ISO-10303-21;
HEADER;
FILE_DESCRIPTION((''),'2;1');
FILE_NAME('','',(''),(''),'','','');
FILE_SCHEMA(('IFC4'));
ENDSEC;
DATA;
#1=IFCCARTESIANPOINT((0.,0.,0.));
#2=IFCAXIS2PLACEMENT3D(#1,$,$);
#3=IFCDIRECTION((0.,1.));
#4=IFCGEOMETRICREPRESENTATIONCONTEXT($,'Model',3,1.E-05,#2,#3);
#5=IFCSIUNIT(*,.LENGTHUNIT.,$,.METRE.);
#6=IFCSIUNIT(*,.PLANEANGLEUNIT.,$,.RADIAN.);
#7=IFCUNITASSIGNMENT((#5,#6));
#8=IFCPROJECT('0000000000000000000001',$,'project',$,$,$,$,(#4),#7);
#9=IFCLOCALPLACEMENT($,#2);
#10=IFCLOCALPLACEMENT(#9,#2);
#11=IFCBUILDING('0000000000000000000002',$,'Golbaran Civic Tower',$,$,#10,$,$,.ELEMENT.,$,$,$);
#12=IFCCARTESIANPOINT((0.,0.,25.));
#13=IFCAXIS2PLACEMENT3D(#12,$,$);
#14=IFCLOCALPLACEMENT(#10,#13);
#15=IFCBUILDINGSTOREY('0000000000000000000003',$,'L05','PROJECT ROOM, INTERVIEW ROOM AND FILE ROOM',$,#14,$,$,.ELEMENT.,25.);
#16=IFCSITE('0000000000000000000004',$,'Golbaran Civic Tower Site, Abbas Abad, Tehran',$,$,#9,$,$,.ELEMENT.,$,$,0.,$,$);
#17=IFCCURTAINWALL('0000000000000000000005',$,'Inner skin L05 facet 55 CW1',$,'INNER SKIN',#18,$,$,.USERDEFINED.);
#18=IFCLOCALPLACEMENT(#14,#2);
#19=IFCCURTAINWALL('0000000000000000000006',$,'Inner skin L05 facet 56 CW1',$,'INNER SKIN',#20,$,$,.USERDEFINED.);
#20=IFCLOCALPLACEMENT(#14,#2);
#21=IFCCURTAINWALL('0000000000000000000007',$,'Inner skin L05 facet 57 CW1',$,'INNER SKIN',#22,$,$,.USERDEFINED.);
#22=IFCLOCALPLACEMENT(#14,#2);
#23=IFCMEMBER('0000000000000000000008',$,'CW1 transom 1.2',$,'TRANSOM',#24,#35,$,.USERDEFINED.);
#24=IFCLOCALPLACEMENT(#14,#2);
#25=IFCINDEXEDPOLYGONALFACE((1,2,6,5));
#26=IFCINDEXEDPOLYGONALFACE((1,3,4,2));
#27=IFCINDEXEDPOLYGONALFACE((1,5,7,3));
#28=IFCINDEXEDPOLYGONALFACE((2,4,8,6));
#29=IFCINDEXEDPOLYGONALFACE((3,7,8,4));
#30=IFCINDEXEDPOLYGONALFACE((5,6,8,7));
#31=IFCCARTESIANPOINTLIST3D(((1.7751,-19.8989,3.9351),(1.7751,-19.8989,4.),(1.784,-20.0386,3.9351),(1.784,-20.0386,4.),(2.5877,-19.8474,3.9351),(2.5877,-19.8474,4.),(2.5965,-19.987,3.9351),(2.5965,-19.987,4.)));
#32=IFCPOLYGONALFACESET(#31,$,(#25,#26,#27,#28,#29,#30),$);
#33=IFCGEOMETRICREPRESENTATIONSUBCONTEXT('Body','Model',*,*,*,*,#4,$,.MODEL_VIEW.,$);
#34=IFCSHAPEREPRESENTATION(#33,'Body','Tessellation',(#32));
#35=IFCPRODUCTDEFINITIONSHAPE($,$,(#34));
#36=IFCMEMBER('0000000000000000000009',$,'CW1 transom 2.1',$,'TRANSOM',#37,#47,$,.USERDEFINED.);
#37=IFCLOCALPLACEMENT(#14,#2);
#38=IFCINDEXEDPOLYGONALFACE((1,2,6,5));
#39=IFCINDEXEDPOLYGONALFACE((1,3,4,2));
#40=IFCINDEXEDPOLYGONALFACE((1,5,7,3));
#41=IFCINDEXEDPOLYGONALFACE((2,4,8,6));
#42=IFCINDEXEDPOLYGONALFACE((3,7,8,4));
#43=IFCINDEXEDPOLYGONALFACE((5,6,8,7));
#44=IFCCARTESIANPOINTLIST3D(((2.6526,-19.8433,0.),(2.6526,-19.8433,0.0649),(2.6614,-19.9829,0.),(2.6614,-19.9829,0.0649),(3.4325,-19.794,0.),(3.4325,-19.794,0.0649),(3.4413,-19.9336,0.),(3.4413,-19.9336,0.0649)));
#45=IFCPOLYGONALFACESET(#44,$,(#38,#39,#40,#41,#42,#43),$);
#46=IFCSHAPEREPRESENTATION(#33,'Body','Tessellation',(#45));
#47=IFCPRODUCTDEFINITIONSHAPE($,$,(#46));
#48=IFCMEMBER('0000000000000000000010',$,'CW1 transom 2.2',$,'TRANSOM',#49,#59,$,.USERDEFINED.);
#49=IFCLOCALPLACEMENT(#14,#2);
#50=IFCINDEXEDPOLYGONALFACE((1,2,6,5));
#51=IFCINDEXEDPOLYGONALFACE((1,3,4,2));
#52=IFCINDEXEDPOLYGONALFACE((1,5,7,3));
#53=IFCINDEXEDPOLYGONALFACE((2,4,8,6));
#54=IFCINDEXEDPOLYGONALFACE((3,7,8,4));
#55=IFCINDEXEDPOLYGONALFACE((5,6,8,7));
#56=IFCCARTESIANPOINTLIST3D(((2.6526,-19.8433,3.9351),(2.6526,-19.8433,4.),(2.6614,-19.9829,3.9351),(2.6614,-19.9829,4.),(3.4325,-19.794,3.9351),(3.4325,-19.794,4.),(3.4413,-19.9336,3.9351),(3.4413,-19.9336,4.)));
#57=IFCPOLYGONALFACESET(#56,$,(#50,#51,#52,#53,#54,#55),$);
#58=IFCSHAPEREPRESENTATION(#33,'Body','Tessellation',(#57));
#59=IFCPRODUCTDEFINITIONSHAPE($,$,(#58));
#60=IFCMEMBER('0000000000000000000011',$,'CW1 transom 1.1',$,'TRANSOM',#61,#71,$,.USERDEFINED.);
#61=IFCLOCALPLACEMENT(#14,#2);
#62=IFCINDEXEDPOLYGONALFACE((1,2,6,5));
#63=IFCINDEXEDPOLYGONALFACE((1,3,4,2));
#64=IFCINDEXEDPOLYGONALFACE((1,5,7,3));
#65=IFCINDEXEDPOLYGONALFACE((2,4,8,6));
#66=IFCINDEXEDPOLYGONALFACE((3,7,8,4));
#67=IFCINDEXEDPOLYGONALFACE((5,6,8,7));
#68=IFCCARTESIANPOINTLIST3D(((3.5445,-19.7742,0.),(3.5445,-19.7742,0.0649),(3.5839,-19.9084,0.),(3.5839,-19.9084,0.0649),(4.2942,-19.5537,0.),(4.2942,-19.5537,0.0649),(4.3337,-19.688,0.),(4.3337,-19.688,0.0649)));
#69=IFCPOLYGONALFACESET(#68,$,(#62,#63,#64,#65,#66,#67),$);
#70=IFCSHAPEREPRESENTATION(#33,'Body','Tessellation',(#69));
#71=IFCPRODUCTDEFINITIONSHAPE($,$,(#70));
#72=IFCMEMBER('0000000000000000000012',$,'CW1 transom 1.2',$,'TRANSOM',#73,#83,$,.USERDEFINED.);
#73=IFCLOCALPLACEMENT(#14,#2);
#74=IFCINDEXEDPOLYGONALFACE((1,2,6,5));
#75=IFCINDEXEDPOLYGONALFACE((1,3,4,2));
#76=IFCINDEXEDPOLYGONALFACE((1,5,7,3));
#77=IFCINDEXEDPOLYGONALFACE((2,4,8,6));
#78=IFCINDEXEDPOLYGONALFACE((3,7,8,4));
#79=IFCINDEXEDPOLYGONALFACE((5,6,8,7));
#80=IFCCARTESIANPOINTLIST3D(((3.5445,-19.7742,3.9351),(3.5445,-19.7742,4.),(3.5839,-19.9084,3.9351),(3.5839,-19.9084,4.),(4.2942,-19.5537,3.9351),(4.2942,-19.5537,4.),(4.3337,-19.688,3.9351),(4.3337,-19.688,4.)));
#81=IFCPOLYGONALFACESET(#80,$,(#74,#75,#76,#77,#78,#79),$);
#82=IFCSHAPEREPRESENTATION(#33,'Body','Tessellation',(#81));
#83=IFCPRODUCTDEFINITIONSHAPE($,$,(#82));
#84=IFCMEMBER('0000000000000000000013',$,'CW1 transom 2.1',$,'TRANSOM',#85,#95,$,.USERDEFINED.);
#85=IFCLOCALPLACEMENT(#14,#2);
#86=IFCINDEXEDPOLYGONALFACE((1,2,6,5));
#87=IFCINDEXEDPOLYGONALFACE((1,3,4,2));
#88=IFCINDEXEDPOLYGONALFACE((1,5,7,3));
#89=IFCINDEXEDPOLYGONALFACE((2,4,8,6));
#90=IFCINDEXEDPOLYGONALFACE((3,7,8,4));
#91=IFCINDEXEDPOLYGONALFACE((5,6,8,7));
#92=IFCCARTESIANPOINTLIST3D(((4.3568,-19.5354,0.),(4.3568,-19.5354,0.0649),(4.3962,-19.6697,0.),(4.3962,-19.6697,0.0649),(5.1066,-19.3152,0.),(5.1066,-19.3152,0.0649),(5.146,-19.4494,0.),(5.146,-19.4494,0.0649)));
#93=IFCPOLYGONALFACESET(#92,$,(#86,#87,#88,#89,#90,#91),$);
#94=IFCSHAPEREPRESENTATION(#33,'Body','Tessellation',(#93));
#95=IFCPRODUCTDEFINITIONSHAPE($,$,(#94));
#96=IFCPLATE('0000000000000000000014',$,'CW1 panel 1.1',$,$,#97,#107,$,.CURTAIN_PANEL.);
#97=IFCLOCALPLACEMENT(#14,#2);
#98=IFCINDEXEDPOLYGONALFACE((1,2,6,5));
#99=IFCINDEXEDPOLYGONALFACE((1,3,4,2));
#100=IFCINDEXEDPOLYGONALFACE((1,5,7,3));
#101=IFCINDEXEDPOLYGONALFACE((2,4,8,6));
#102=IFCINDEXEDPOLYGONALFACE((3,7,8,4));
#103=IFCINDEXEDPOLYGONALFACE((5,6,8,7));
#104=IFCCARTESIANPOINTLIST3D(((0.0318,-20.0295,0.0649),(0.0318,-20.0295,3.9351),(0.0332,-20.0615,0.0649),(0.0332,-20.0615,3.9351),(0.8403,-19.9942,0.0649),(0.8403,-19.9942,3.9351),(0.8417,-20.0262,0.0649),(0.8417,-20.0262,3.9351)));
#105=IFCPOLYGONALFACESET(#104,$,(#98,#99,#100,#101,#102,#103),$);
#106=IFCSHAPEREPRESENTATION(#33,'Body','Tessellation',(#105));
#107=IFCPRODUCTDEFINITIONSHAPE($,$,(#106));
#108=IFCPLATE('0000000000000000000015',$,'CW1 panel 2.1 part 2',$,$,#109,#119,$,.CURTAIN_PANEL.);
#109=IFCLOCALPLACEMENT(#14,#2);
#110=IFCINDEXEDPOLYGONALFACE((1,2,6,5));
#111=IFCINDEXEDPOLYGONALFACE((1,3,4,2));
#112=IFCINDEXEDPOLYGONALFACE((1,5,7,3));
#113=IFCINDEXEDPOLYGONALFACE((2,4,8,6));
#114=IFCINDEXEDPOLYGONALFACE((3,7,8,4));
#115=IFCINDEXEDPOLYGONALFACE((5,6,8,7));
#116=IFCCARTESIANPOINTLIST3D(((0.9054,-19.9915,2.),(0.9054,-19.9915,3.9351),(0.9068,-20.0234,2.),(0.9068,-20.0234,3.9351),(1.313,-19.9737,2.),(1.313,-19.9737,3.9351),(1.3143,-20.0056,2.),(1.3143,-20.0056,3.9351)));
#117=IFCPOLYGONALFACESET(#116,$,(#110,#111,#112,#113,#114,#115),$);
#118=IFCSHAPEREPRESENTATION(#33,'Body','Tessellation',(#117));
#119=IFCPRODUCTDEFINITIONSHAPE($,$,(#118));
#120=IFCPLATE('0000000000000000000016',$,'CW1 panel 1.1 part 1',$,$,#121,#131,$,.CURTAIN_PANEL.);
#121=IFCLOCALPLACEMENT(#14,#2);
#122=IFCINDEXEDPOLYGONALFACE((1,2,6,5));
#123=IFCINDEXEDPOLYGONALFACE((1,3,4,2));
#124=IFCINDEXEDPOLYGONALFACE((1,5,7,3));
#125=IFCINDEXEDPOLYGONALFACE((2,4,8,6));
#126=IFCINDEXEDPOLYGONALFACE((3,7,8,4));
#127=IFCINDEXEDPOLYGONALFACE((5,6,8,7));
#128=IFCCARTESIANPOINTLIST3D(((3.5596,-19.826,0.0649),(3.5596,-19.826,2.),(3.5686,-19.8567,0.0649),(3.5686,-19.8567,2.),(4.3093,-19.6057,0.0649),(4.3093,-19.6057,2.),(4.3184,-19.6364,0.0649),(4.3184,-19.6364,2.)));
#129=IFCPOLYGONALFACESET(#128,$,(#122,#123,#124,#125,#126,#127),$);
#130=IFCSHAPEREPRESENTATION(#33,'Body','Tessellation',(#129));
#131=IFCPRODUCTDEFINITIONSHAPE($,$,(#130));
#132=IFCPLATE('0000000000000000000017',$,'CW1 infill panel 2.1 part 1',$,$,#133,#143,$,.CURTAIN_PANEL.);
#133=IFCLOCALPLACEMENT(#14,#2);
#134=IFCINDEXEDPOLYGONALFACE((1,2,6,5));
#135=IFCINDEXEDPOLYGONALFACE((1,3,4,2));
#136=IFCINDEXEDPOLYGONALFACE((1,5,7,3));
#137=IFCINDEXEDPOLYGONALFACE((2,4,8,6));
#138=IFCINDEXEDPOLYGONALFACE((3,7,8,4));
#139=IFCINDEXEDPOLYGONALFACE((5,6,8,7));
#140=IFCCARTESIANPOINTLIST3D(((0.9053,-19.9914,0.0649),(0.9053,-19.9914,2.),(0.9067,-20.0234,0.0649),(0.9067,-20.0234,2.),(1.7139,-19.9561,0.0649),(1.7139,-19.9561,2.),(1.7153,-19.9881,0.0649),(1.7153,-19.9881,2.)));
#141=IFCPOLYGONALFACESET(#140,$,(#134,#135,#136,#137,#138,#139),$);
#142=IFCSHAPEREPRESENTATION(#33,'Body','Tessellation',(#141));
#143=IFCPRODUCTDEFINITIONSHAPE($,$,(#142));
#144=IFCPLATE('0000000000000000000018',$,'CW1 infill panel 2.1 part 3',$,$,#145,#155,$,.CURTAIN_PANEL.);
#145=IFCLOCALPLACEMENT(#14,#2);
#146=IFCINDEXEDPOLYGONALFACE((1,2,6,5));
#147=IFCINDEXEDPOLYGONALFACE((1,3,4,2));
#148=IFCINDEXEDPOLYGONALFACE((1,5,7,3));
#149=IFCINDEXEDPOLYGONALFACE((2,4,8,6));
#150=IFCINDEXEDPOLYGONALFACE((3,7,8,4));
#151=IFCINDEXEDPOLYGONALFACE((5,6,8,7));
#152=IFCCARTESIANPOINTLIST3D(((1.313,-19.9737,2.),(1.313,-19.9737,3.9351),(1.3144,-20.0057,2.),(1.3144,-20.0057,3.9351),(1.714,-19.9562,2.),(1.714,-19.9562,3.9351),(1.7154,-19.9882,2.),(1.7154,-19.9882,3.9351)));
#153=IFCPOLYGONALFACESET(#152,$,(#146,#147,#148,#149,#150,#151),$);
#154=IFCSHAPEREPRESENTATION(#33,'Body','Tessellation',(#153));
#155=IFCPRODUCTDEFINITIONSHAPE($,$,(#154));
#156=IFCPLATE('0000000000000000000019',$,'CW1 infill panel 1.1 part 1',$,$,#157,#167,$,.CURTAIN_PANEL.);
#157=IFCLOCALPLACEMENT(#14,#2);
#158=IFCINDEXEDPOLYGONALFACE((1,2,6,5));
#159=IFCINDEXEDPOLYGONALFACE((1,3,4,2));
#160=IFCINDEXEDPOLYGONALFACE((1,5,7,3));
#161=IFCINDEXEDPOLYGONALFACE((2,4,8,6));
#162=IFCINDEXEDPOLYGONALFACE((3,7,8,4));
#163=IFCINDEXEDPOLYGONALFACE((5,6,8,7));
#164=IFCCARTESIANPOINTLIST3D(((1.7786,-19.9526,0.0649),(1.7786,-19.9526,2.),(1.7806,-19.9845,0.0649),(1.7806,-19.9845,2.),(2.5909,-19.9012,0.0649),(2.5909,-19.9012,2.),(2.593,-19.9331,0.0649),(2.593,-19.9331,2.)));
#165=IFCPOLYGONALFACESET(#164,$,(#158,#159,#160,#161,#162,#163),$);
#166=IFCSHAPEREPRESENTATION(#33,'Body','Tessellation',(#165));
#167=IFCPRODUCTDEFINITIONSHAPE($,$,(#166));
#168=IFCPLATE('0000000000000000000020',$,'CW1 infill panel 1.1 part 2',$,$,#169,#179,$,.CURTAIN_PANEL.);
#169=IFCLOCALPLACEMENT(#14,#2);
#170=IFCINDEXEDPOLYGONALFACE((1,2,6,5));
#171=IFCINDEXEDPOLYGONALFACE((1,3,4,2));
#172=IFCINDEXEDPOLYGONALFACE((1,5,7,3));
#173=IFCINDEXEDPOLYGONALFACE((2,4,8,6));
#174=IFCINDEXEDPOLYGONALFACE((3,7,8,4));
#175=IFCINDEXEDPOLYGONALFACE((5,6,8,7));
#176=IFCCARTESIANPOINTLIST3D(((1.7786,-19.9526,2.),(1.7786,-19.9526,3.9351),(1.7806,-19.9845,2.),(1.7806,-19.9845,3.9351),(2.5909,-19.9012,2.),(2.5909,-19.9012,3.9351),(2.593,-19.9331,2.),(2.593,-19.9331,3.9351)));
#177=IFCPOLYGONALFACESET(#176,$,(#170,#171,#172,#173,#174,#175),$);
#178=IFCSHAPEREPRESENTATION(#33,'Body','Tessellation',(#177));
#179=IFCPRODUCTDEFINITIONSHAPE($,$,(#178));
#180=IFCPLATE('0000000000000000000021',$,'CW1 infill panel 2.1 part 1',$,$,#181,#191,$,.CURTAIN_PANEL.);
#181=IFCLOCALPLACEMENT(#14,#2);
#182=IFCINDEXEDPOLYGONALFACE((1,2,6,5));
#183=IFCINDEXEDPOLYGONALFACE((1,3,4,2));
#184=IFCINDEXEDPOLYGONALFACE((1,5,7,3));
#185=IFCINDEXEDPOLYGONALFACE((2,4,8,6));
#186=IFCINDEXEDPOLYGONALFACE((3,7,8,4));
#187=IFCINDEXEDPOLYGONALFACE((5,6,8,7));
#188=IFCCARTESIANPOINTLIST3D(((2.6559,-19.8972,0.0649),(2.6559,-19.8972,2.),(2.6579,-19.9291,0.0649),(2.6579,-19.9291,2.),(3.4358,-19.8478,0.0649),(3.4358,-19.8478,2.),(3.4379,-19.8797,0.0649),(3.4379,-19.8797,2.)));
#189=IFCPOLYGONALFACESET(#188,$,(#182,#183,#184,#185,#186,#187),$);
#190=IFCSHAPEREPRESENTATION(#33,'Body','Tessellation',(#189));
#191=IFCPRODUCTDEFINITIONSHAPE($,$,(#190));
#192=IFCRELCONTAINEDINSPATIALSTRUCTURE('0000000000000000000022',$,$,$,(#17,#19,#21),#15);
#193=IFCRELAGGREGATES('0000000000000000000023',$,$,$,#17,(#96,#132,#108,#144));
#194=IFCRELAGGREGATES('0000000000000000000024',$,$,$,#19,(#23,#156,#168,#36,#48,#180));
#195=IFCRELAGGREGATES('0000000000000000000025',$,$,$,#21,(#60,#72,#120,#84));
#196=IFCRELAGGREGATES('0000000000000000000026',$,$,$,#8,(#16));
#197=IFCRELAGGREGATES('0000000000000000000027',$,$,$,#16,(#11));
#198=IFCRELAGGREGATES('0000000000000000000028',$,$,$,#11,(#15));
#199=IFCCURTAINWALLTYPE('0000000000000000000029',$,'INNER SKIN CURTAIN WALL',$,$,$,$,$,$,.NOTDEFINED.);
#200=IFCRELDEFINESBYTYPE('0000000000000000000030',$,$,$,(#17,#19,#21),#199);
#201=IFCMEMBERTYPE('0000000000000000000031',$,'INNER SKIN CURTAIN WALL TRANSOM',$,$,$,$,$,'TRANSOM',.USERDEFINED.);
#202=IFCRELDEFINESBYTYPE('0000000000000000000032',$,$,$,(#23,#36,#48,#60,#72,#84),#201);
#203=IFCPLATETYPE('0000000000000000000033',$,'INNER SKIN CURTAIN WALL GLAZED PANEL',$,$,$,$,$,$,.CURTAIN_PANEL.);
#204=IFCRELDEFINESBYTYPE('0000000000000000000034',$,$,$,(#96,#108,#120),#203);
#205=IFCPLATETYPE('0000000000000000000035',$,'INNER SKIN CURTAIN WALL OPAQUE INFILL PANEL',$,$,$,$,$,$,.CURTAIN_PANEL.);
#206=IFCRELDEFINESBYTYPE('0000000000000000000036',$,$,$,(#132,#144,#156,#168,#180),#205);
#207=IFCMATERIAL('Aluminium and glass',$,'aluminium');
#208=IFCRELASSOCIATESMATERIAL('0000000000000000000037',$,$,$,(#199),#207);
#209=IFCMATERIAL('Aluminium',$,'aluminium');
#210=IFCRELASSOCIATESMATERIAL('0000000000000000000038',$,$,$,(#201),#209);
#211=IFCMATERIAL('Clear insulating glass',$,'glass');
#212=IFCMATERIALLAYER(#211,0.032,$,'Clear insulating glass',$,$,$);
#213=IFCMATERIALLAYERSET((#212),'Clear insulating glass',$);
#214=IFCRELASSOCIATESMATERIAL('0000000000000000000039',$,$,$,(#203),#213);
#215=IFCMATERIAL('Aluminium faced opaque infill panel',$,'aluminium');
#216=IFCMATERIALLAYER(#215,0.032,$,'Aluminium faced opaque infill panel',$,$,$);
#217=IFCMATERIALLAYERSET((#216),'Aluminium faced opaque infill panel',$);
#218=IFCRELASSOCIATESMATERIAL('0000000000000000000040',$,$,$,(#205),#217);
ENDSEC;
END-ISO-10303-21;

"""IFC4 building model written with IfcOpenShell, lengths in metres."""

from ifc_helpers import new_model, si_unit, direction, frame, origin, origin_2d, place, context, subcontext, project, spatial, rectangle, extrude, material, layer, layer_set, material_profile, profile_set, type_object, element, aggregate, save


model = new_model("IFC4")

# Units and contexts
model_context = context("Model", 3, precision=1e-05, world=origin(), true_north=direction((0.0, 1.0)))
body_context = subcontext(model_context, "Body", "Model", "MODEL_VIEW")
ifc_project = project(units=[si_unit("LENGTHUNIT", "METRE"), si_unit("PLANEANGLEUNIT", "RADIAN")], contexts=[model_context])

# Site, building, storey
site_placement = place(None, origin())
site = spatial("IfcSite", under=ifc_project, at=site_placement, Name="Golbaran Civic Tower Site, Abbas Abad, Tehran", CompositionType="ELEMENT", RefElevation=0.0)
building_placement = place(site_placement, origin())
building = spatial("IfcBuilding", under=site, at=building_placement, Name="Golbaran Civic Tower", CompositionType="ELEMENT")
storey_placement = place(building_placement, frame((0.0, 0.0, 25.0)))
storey = spatial("IfcBuildingStorey", under=building, at=storey_placement, Name="L05", Description="PROJECT ROOM, INTERVIEW ROOM AND FILE ROOM", CompositionType="ELEMENT", Elevation=25.0)

# Curtain walls
ifc_material_1 = material(Name="Aluminium and glass", Category="aluminium")
curtain_wall_type = type_object("IfcCurtainWallType", Name="INNER SKIN CURTAIN WALL", PredefinedType="NOTDEFINED", material=ifc_material_1)
curtain_wall_1_placement = place(storey_placement, origin())
curtain_wall_1 = element("IfcCurtainWall", 1, at=curtain_wall_1_placement, inside=storey, type_object=curtain_wall_type, Name="Inner skin L05 facet 55 CW1", ObjectType="INNER SKIN", PredefinedType="USERDEFINED")
ifc_material_2 = material(Name="Aluminium", Category="aluminium")
curtain_wall_2_placement = place(storey_placement, origin())
curtain_wall_2 = element("IfcCurtainWall", 2, at=curtain_wall_2_placement, inside=storey, type_object=curtain_wall_type, Name="Inner skin L05 facet 56 CW1", ObjectType="INNER SKIN", PredefinedType="USERDEFINED")
curtain_wall_3_placement = place(storey_placement, origin())
curtain_wall_3 = element("IfcCurtainWall", 3, at=curtain_wall_3_placement, inside=storey, type_object=curtain_wall_type, Name="Inner skin L05 facet 57 CW1", ObjectType="INNER SKIN", PredefinedType="USERDEFINED")

# Members
ifc_material_profile_1 = material_profile(ifc_material_2, rectangle(XDim=0.1399, YDim=0.0649, at=origin_2d()), Name="INNER SKIN CURTAIN WALL TRANSOM")
ifc_profile_set_1 = profile_set([ifc_material_profile_1], Name="Aluminium")
member_type_1 = type_object("IfcMemberType", Name="INNER SKIN CURTAIN WALL TRANSOM", ElementType="TRANSOM", PredefinedType="USERDEFINED", material=ifc_profile_set_1)
member_1_placement = place(storey_placement, frame((1.7795, -19.9688, 3.9675), z_axis=(0.997996, 0.063274, 0.0), x_axis=(-0.063274, 0.997996, 0.0)))
member_1 = element("IfcMember", 4, at=member_1_placement, type_object=member_type_1, Name="CW1 transom 1.2", ObjectType="TRANSOM", PredefinedType="USERDEFINED", context=body_context, shape_type="SweptSolid", body=[
    extrude(rectangle(XDim=0.1399, YDim=0.0649, at=origin_2d()), origin(), (0.0, 0.0, 1.0), 0.8142),
])
member_2_placement = place(storey_placement, frame((2.657, -19.9131, 0.0325), z_axis=(0.998007, 0.063098, 0.0), x_axis=(-0.063098, 0.998007, 0.0)))
member_2 = element("IfcMember", 5, at=member_2_placement, type_object=member_type_1, Name="CW1 transom 2.1", ObjectType="TRANSOM", PredefinedType="USERDEFINED", context=body_context, shape_type="SweptSolid", body=[
    extrude(rectangle(XDim=0.1399, YDim=0.0649, at=origin_2d()), origin(), (0.0, 0.0, 1.0), 0.7815),
])
member_3_placement = place(storey_placement, frame((2.657, -19.9131, 3.9675), z_axis=(0.998007, 0.063098, 0.0), x_axis=(-0.063098, 0.998007, 0.0)))
member_3 = element("IfcMember", 6, at=member_3_placement, type_object=member_type_1, Name="CW1 transom 2.2", ObjectType="TRANSOM", PredefinedType="USERDEFINED", context=body_context, shape_type="SweptSolid", body=[
    extrude(rectangle(XDim=0.1399, YDim=0.0649, at=origin_2d()), origin(), (0.0, 0.0, 1.0), 0.7815),
])
member_4_placement = place(storey_placement, frame((3.5642, -19.8413, 0.0325), z_axis=(0.959385, 0.282099, 0.0), x_axis=(-0.282099, 0.959385, 0.0)))
member_4 = element("IfcMember", 7, at=member_4_placement, type_object=member_type_1, Name="CW1 transom 1.1", ObjectType="TRANSOM", PredefinedType="USERDEFINED", context=body_context, shape_type="SweptSolid", body=[
    extrude(rectangle(XDim=0.1399, YDim=0.0649, at=origin_2d()), origin(), (0.0, 0.0, 1.0), 0.7815),
])
member_5_placement = place(storey_placement, frame((3.5642, -19.8413, 3.9675), z_axis=(0.959385, 0.282099, 0.0), x_axis=(-0.282099, 0.959385, 0.0)))
member_5 = element("IfcMember", 8, at=member_5_placement, type_object=member_type_1, Name="CW1 transom 1.2", ObjectType="TRANSOM", PredefinedType="USERDEFINED", context=body_context, shape_type="SweptSolid", body=[
    extrude(rectangle(XDim=0.1399, YDim=0.0649, at=origin_2d()), origin(), (0.0, 0.0, 1.0), 0.7815),
])
member_6_placement = place(storey_placement, frame((4.3765, -19.6025, 0.0325), z_axis=(0.95947, 0.281811, 0.0), x_axis=(-0.281811, 0.95947, 0.0)))
member_6 = element("IfcMember", 9, at=member_6_placement, type_object=member_type_1, Name="CW1 transom 2.1", ObjectType="TRANSOM", PredefinedType="USERDEFINED", context=body_context, shape_type="SweptSolid", body=[
    extrude(rectangle(XDim=0.1399, YDim=0.0649, at=origin_2d()), origin(), (0.0, 0.0, 1.0), 0.7815),
])

# Plates
ifc_material_3 = material(Name="Clear insulating glass", Category="glass")
ifc_layer_1 = layer(ifc_material_3, 0.032, Name="Clear insulating glass")
ifc_layer_set_1 = layer_set([ifc_layer_1], Name="Clear insulating glass")
plate_type_1 = type_object("IfcPlateType", Name="INNER SKIN CURTAIN WALL GLAZED PANEL", PredefinedType="CURTAIN_PANEL", material=ifc_layer_set_1)
plate_1_placement = place(storey_placement, frame((0.4368, -20.0278, 0.0649), z_axis=(0.0, 0.0, 1.0), x_axis=(0.999048, 0.043619, 0.0)))
plate_1 = element("IfcPlate", 10, at=plate_1_placement, type_object=plate_type_1, Name="CW1 panel 1.1", PredefinedType="CURTAIN_PANEL", context=body_context, shape_type="SweptSolid", body=[
    extrude(rectangle(XDim=0.8093, YDim=0.032, at=origin_2d()), origin(), (0.0, 0.0, 1.0), 3.8701),
])
plate_2_placement = place(storey_placement, frame((1.1099, -19.9985, 2.0), z_axis=(0.0, 0.0, 1.0), x_axis=(0.999048, 0.043619, 0.0)))
plate_2 = element("IfcPlate", 11, at=plate_2_placement, type_object=plate_type_1, Name="CW1 panel 2.1 part 2", PredefinedType="CURTAIN_PANEL", context=body_context, shape_type="SweptSolid", body=[
    extrude(rectangle(XDim=0.408, YDim=0.032, at=origin_2d()), origin(), (0.0, 0.0, 1.0), 1.9351),
])
plate_3_placement = place(storey_placement, frame((3.939, -19.7312, 0.0649), z_axis=(0.0, 0.0, 1.0), x_axis=(0.959425, 0.281964, 0.0)))
plate_3 = element("IfcPlate", 12, at=plate_3_placement, type_object=plate_type_1, Name="CW1 panel 1.1 part 1", PredefinedType="CURTAIN_PANEL", context=body_context, shape_type="SweptSolid", body=[
    extrude(rectangle(XDim=0.7815, YDim=0.032, at=origin_2d()), origin(), (0.0, 0.0, 1.0), 1.9351),
])
ifc_material_4 = material(Name="Aluminium faced opaque infill panel", Category="aluminium")
ifc_layer_2 = layer(ifc_material_4, 0.032, Name="Aluminium faced opaque infill panel")
ifc_layer_set_2 = layer_set([ifc_layer_2], Name="Aluminium faced opaque infill panel")
plate_type_2 = type_object("IfcPlateType", Name="INNER SKIN CURTAIN WALL OPAQUE INFILL PANEL", PredefinedType="CURTAIN_PANEL", material=ifc_layer_set_2)
plate_4_placement = place(storey_placement, frame((1.3103, -19.9897, 0.0649), z_axis=(0.0, 0.0, 1.0), x_axis=(0.999048, 0.043619, 0.0)))
plate_4 = element("IfcPlate", 13, at=plate_4_placement, type_object=plate_type_2, Name="CW1 infill panel 2.1 part 1", PredefinedType="CURTAIN_PANEL", context=body_context, shape_type="SweptSolid", body=[
    extrude(rectangle(XDim=0.8093, YDim=0.032, at=origin_2d()), origin(), (0.0, 0.0, 1.0), 1.9351),
])
plate_5_placement = place(storey_placement, frame((1.5142, -19.981, 2.0), z_axis=(0.0, 0.0, 1.0), x_axis=(0.999048, 0.043619, 0.0)))
plate_5 = element("IfcPlate", 14, at=plate_5_placement, type_object=plate_type_2, Name="CW1 infill panel 2.1 part 3", PredefinedType="CURTAIN_PANEL", context=body_context, shape_type="SweptSolid", body=[
    extrude(rectangle(XDim=0.4014, YDim=0.032, at=origin_2d()), origin(), (0.0, 0.0, 1.0), 1.9351),
])
aggregate(curtain_wall_1, [plate_1, plate_4, plate_2, plate_5])
plate_6_placement = place(storey_placement, frame((2.1858, -19.9429, 0.0649), z_axis=(0.0, 0.0, 1.0), x_axis=(0.998002, 0.063183, 0.0)))
plate_6 = element("IfcPlate", 15, at=plate_6_placement, type_object=plate_type_2, Name="CW1 infill panel 1.1 part 1", PredefinedType="CURTAIN_PANEL", context=body_context, shape_type="SweptSolid", body=[
    extrude(rectangle(XDim=0.814, YDim=0.032, at=origin_2d()), origin(), (0.0, 0.0, 1.0), 1.9351),
])
plate_7_placement = place(storey_placement, frame((2.1858, -19.9429, 2.0), z_axis=(0.0, 0.0, 1.0), x_axis=(0.998002, 0.063183, 0.0)))
plate_7 = element("IfcPlate", 16, at=plate_7_placement, type_object=plate_type_2, Name="CW1 infill panel 1.1 part 2", PredefinedType="CURTAIN_PANEL", context=body_context, shape_type="SweptSolid", body=[
    extrude(rectangle(XDim=0.814, YDim=0.032, at=origin_2d()), origin(), (0.0, 0.0, 1.0), 1.9351),
])
plate_8_placement = place(storey_placement, frame((3.0469, -19.8884, 0.0649), z_axis=(0.0, 0.0, 1.0), x_axis=(0.998002, 0.063183, 0.0)))
plate_8 = element("IfcPlate", 17, at=plate_8_placement, type_object=plate_type_2, Name="CW1 infill panel 2.1 part 1", PredefinedType="CURTAIN_PANEL", context=body_context, shape_type="SweptSolid", body=[
    extrude(rectangle(XDim=0.7815, YDim=0.032, at=origin_2d()), origin(), (0.0, 0.0, 1.0), 1.9351),
])
aggregate(curtain_wall_2, [member_1, plate_6, plate_7, member_2, member_3, plate_8])
aggregate(curtain_wall_3, [member_4, member_5, plate_3, member_6])

save(model, "model.ifc")
